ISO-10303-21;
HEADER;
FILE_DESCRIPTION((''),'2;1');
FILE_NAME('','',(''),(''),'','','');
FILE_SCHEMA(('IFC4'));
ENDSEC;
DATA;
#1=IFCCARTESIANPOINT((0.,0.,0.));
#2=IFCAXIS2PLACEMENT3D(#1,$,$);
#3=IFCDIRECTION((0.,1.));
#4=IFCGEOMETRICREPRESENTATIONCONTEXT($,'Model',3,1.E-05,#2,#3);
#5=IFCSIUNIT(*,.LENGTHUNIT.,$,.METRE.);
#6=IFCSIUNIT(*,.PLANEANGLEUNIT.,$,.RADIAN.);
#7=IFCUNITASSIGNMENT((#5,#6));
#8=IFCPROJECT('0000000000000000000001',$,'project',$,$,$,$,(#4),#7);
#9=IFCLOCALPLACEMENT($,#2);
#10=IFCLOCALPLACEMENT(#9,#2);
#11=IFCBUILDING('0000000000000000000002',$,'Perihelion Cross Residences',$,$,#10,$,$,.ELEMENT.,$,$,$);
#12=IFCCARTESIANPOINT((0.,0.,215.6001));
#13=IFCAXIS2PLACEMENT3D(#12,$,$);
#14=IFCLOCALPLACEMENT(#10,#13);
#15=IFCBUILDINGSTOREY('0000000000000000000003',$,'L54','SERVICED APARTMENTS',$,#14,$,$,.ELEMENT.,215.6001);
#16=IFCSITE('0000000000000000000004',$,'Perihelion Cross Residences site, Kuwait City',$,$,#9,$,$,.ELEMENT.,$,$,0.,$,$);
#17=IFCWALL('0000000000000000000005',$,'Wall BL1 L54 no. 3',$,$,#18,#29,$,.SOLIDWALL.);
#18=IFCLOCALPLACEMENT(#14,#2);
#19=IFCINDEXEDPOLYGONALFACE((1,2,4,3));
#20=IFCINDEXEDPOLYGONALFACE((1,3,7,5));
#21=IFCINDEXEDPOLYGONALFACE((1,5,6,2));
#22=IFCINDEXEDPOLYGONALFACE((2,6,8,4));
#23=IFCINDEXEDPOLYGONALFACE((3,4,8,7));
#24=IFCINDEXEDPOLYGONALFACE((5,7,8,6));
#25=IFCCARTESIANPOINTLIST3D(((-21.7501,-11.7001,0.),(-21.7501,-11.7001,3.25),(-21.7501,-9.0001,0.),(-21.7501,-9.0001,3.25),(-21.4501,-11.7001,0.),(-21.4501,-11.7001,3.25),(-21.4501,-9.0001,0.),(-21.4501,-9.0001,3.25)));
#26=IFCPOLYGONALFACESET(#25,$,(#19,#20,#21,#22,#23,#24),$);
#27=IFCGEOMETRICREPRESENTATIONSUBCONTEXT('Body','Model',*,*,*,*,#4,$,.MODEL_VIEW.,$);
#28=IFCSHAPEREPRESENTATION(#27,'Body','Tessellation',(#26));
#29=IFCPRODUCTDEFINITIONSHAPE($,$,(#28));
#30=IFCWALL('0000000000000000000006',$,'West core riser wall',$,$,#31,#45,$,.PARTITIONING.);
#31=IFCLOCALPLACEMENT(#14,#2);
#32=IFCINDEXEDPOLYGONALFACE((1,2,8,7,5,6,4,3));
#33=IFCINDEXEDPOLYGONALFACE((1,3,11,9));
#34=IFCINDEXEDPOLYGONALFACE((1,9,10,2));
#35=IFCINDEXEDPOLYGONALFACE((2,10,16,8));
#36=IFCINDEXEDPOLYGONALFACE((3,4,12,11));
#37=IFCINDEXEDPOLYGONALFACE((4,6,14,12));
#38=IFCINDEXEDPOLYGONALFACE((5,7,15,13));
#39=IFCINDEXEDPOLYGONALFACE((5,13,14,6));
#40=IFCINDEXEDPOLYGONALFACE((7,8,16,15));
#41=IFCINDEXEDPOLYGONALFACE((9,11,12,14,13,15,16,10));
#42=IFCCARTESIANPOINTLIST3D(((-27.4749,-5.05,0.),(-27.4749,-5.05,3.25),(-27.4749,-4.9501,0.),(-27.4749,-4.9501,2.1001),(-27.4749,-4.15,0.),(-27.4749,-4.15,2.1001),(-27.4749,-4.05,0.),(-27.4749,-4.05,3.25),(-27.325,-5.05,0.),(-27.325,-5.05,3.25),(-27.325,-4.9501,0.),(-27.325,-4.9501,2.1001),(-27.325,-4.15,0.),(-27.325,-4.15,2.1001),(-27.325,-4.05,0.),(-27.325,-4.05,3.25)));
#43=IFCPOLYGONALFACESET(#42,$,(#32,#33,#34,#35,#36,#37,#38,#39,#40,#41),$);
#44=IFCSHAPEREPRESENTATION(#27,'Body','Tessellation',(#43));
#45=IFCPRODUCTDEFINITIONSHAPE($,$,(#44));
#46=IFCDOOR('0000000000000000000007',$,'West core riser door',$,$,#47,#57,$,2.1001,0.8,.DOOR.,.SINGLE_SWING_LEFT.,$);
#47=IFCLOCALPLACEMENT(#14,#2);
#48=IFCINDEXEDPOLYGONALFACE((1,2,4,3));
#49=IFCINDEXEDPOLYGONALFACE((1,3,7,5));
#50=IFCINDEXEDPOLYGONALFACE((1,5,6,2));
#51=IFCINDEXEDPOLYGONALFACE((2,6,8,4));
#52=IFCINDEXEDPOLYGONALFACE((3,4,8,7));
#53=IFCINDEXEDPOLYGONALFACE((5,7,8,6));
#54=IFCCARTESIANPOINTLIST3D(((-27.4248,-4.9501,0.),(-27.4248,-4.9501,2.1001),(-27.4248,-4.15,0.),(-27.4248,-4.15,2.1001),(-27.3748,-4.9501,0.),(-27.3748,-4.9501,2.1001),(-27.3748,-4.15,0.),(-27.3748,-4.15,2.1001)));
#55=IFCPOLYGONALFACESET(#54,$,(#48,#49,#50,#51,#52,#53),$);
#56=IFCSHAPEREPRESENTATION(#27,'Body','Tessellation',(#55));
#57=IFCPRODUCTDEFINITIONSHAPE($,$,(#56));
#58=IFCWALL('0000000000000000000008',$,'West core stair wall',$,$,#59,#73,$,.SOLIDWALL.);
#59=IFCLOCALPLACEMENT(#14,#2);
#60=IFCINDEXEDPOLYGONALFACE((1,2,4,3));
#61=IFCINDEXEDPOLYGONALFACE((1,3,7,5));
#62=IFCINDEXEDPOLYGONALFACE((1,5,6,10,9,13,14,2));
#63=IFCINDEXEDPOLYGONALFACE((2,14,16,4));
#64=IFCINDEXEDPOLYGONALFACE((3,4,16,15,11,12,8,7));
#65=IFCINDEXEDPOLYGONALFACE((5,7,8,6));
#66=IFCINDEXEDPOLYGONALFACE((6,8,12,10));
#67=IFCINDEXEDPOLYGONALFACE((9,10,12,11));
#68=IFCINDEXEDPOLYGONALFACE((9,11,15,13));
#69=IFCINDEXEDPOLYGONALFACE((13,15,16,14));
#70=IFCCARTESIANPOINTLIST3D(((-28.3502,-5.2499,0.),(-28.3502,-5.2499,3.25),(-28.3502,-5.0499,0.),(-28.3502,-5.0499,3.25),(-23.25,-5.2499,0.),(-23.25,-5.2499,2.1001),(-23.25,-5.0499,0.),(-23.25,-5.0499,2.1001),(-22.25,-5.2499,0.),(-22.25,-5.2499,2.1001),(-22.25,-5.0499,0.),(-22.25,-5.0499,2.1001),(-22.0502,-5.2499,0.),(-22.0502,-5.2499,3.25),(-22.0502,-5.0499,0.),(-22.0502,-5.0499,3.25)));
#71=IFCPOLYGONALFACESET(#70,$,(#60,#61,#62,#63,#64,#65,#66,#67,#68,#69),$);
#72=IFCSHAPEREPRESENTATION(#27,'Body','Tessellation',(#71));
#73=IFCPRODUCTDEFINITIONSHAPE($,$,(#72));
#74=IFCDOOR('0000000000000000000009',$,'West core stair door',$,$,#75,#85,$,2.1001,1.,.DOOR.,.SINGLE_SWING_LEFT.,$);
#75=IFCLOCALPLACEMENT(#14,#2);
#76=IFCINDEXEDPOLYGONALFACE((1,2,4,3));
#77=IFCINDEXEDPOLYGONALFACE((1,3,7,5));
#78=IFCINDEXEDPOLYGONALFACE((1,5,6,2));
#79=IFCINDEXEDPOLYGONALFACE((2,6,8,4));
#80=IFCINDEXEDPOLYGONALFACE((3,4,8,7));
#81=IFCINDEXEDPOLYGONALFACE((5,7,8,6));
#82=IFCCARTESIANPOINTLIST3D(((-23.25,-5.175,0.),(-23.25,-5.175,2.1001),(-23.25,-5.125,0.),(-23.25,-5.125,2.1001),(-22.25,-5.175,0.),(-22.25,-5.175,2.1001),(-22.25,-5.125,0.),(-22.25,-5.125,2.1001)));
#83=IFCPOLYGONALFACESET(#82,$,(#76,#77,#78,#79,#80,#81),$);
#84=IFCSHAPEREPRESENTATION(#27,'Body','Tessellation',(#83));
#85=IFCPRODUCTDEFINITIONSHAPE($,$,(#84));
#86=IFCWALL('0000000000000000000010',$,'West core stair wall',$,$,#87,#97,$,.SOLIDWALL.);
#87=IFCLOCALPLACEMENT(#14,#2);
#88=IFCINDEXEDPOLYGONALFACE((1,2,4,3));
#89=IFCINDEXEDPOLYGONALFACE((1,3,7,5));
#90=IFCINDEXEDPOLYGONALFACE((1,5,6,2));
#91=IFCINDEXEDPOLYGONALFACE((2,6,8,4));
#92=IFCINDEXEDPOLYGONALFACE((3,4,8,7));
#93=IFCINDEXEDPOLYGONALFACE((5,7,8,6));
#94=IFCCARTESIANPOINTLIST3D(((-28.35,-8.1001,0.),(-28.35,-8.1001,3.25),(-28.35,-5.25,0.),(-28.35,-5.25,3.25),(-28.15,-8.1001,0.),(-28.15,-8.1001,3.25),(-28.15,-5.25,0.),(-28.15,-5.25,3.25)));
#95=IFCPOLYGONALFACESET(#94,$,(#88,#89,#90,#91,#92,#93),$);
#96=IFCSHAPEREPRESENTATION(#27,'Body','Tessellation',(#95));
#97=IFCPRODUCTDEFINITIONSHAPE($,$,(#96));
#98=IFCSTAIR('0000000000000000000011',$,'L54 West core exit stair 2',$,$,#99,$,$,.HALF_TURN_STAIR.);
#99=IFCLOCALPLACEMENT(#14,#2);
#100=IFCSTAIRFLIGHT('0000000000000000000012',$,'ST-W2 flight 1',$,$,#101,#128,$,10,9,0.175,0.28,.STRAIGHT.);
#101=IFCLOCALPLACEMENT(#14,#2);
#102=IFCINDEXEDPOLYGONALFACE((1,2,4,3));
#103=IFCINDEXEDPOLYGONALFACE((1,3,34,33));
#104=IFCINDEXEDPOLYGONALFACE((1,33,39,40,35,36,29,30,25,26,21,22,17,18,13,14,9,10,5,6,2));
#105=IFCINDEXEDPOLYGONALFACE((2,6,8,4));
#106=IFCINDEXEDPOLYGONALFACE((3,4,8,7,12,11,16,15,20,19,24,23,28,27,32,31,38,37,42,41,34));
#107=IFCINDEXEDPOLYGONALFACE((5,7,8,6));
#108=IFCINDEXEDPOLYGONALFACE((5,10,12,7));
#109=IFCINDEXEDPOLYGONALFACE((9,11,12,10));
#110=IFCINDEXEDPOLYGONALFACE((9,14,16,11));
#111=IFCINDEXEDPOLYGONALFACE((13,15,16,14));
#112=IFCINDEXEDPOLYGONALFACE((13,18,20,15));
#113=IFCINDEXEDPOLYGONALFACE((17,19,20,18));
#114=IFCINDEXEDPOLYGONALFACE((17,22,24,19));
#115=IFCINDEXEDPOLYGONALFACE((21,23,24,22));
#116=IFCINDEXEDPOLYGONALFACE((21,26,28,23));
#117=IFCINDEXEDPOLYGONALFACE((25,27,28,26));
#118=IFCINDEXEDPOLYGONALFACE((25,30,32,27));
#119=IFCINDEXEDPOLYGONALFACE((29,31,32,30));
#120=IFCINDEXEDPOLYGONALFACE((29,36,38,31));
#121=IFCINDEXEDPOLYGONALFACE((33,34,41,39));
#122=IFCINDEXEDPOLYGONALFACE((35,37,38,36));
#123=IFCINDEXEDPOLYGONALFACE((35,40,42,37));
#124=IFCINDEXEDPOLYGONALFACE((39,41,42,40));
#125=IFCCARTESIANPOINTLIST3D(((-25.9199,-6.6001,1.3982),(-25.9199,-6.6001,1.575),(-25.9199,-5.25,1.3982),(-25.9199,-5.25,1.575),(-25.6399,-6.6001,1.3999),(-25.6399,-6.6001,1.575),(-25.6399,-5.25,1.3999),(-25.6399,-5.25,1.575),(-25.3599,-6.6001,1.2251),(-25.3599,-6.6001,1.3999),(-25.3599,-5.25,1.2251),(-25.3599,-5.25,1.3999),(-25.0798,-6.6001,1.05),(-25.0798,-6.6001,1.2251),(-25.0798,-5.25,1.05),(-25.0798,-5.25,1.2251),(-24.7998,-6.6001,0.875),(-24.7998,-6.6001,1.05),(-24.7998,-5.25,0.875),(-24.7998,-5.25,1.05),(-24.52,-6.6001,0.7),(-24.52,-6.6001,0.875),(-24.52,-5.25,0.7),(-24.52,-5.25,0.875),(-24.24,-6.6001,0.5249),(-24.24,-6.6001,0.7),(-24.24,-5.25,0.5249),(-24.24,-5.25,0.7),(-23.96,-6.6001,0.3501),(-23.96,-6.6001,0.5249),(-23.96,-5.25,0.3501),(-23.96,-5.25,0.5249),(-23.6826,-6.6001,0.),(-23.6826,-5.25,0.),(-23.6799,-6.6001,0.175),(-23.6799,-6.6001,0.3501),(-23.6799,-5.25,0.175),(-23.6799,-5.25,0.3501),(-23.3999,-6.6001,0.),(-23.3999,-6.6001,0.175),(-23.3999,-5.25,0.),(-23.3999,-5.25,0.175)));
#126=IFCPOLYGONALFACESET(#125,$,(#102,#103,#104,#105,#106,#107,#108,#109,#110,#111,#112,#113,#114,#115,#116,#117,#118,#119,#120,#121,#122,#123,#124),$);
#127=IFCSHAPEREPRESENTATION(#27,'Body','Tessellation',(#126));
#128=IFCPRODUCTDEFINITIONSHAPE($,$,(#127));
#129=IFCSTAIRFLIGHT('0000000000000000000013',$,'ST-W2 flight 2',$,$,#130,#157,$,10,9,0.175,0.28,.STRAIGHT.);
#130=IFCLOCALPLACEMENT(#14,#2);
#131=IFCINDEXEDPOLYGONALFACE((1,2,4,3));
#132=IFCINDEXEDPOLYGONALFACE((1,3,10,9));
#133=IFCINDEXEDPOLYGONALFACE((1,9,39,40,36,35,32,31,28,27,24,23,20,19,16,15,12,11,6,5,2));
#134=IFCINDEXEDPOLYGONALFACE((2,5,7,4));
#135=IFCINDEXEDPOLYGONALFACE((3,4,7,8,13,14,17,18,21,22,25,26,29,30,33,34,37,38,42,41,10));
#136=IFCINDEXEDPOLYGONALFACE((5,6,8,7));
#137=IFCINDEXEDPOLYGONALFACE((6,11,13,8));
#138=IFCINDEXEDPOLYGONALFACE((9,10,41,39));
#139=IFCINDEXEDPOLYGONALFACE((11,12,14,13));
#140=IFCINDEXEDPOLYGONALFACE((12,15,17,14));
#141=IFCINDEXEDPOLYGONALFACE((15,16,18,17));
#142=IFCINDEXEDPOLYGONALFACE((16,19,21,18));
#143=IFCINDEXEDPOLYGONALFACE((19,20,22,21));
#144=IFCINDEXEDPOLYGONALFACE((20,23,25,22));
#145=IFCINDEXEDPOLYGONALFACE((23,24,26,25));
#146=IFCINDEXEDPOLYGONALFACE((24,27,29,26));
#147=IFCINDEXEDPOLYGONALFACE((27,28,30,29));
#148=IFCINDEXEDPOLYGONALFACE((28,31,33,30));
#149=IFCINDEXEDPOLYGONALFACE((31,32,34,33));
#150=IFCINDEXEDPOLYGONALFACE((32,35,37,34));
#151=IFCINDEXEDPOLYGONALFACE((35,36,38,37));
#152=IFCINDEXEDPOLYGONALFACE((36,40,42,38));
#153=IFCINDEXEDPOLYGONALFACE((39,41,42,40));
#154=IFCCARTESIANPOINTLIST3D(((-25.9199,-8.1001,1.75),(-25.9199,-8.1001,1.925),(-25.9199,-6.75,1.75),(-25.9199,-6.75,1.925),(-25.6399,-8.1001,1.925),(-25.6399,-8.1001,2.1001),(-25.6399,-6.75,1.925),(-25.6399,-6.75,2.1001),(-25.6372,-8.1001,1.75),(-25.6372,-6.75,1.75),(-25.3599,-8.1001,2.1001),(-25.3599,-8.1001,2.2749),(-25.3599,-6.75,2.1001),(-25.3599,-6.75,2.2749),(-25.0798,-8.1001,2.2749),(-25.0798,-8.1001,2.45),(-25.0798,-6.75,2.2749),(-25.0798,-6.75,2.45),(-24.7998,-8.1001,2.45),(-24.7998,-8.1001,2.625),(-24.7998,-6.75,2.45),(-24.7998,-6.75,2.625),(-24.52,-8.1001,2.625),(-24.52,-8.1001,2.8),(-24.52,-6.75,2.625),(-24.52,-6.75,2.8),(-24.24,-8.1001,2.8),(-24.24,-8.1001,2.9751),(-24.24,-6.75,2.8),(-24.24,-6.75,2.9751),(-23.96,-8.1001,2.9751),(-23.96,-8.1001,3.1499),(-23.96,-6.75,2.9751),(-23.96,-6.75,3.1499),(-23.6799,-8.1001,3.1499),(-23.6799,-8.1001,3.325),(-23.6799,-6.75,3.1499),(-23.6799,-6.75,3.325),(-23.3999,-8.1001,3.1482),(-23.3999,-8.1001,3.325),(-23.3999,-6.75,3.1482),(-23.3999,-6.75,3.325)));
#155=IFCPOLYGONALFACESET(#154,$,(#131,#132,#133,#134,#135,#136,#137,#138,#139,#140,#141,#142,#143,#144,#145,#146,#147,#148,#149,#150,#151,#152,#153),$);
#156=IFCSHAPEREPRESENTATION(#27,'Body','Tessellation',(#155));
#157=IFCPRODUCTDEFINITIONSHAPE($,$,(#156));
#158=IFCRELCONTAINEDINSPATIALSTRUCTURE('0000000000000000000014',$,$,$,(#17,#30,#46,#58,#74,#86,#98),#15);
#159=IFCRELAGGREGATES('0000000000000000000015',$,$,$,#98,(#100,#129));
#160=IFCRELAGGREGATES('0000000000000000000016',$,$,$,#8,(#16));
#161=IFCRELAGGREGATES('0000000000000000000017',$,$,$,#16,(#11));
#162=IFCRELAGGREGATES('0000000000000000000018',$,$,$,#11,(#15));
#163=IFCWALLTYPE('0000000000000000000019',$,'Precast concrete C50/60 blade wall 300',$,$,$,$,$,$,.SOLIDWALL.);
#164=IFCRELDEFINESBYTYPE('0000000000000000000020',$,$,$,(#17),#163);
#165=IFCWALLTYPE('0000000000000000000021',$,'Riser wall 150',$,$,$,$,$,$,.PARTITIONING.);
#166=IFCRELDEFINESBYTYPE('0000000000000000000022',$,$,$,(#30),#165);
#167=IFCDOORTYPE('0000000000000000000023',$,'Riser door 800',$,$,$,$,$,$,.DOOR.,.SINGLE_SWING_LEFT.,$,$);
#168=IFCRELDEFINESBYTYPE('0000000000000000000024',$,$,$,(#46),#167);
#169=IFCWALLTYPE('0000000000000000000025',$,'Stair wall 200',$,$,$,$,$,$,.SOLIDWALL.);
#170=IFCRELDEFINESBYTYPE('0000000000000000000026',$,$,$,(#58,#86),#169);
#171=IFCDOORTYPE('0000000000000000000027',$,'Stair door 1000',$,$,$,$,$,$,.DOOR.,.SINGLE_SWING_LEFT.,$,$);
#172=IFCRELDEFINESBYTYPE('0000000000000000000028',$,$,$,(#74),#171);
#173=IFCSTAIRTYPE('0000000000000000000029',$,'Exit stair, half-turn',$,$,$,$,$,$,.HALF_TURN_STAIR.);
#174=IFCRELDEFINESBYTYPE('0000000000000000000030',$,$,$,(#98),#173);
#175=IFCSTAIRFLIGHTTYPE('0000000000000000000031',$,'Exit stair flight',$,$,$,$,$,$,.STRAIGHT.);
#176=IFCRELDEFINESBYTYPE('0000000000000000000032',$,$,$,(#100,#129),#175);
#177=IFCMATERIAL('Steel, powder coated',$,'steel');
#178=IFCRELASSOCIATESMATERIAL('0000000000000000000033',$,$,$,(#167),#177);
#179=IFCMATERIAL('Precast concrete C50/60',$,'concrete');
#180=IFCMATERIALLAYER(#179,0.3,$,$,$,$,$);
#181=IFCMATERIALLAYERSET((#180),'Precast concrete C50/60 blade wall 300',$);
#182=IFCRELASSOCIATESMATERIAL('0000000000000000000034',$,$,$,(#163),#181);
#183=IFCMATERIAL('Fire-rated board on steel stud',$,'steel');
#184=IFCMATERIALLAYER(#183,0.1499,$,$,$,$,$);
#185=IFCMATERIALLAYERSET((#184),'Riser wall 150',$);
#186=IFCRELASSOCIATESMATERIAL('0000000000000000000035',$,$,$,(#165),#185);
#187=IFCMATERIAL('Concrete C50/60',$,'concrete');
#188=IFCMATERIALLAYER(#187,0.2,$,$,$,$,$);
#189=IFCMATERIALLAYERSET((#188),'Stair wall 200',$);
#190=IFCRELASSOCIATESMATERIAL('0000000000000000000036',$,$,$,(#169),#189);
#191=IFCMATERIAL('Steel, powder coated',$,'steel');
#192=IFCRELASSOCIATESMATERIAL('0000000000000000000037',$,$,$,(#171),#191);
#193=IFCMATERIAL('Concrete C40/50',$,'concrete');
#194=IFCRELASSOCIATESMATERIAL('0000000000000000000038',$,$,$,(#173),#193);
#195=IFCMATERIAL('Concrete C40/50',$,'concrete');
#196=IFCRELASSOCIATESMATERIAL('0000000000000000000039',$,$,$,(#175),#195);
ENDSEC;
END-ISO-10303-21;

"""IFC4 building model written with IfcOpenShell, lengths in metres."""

from ifc_helpers import new_model, si_unit, direction, frame, frame_2d, origin, place, context, subcontext, project, spatial, polyline, rectangle, outline, extrude, material, layer, layer_set, type_object, element, fill, aggregate, save


model = new_model("IFC4")

# Units and contexts
model_context = context("Model", 3, precision=1e-05, world=origin(), true_north=direction((0.0, 1.0)))
body_context = subcontext(model_context, "Body", "Model", "MODEL_VIEW")
ifc_project = project(units=[si_unit("LENGTHUNIT", "METRE"), si_unit("PLANEANGLEUNIT", "RADIAN")], contexts=[model_context])

# Site, building, storey
site_placement = place(None, origin())
site = spatial("IfcSite", under=ifc_project, at=site_placement, Name="Perihelion Cross Residences site, Kuwait City", CompositionType="ELEMENT", RefElevation=0.0)
building_placement = place(site_placement, origin())
building = spatial("IfcBuilding", under=site, at=building_placement, Name="Perihelion Cross Residences", CompositionType="ELEMENT")
storey_placement = place(building_placement, frame((0.0, 0.0, 215.6001)))
storey = spatial("IfcBuildingStorey", under=building, at=storey_placement, Name="L54", Description="SERVICED APARTMENTS", CompositionType="ELEMENT", Elevation=215.6001)

# Shared definitions
ifc_material_1 = material(Name="Steel, powder coated", Category="steel")
door_type_1 = type_object("IfcDoorType", Name="Riser door 800", OperationType="SINGLE_SWING_LEFT", PredefinedType="DOOR", material=ifc_material_1)

# Wall
ifc_material_2 = material(Name="Precast concrete C50/60", Category="concrete")
ifc_layer_1 = layer(ifc_material_2, 0.3)
ifc_layer_set_1 = layer_set([ifc_layer_1], Name="Precast concrete C50/60 blade wall 300")
wall_type_1 = type_object("IfcWallType", Name="Precast concrete C50/60 blade wall 300", PredefinedType="SOLIDWALL", material=ifc_layer_set_1)
wall_1_placement = place(storey_placement, frame((-21.6001, -9.0, 0.0), z_axis=(0.0, 0.0, 1.0), x_axis=(0.0, -1.0, 0.0)))
element("IfcWall", 1, at=wall_1_placement, inside=storey, type_object=wall_type_1, Name="Wall BL1 L54 no. 3", PredefinedType="SOLIDWALL", context=body_context, shape_type="SweptSolid", body=[
    extrude(rectangle(XDim=2.7, YDim=0.3, at=frame_2d((1.3501, 0.0))), origin(), (0.0, 0.0, 1.0), 3.25),
])

# Walls, openings, doors
ifc_material_3 = material(Name="Fire-rated board on steel stud", Category="steel")
ifc_layer_2 = layer(ifc_material_3, 0.1499)
ifc_layer_set_2 = layer_set([ifc_layer_2], Name="Riser wall 150")
wall_type_2 = type_object("IfcWallType", Name="Riser wall 150", PredefinedType="PARTITIONING", material=ifc_layer_set_2)
wall_2_placement = place(storey_placement, frame((-27.3999, -5.05, 0.0), z_axis=(0.0, 0.0, 1.0), x_axis=(0.0, 1.0, 0.0)))
wall_2 = element("IfcWall", 2, at=wall_2_placement, inside=storey, type_object=wall_type_2, Name="West core riser wall", PredefinedType="PARTITIONING", context=body_context, shape_type="SweptSolid", body=[
    extrude(rectangle(XDim=1.0, YDim=0.1499, at=frame_2d((0.5, 0.0))), origin(), (0.0, 0.0, 1.0), 3.25),
])
opening_1_placement = place(wall_2_placement, frame((0.1001, 0.0, 0.0)))
opening_1 = element("IfcOpeningElement", 3, at=opening_1_placement, cuts=wall_2, PredefinedType="OPENING", context=body_context, shape_type="SweptSolid", body=[
    extrude(rectangle(XDim=0.8, YDim=2.1001, at=frame_2d((0.3999, 1.05))), frame((0.0, 0.085, 0.0), z_axis=(0.0, -1.0, 0.0), x_axis=(1.0, 0.0, 0.0)), (0.0, 0.0, 1.0), 0.1699),
])
door_1_placement = place(opening_1_placement, origin())
door_1 = element("IfcDoor", 4, at=door_1_placement, inside=storey, type_object=door_type_1, Name="West core riser door", OperationType="SINGLE_SWING_LEFT", OverallHeight=2.1001, OverallWidth=0.8, PredefinedType="DOOR", context=body_context, shape_type="SweptSolid", body=[
    extrude(rectangle(XDim=0.8, YDim=2.1001, at=frame_2d((0.3999, 1.05))), frame((0.0, 0.0249, 0.0), z_axis=(0.0, -1.0, 0.0), x_axis=(1.0, 0.0, 0.0)), (0.0, 0.0, 1.0), 0.05),
])
fill(opening_1, door_1)
ifc_material_4 = material(Name="Concrete C50/60", Category="concrete")
ifc_layer_3 = layer(ifc_material_4, 0.2)
ifc_layer_set_3 = layer_set([ifc_layer_3], Name="Stair wall 200")
wall_type_3 = type_object("IfcWallType", Name="Stair wall 200", PredefinedType="SOLIDWALL", material=ifc_layer_set_3)
wall_3_placement = place(storey_placement, frame((-28.3501, -5.1499, 0.0), z_axis=(0.0, 0.0, 1.0), x_axis=(1.0, 0.0, 0.0)))
wall_3 = element("IfcWall", 5, at=wall_3_placement, inside=storey, type_object=wall_type_3, Name="West core stair wall", PredefinedType="SOLIDWALL", context=body_context, shape_type="SweptSolid", body=[
    extrude(rectangle(XDim=6.3, YDim=0.2, at=frame_2d((3.1499, 0.0))), origin(), (0.0, 0.0, 1.0), 3.25),
])
opening_2_placement = place(wall_3_placement, frame((5.1001, 0.0, 0.0)))
opening_2 = element("IfcOpeningElement", 6, at=opening_2_placement, cuts=wall_3, PredefinedType="OPENING", context=body_context, shape_type="SweptSolid", body=[
    extrude(rectangle(XDim=1.0, YDim=2.1001, at=frame_2d((0.5, 1.05))), frame((0.0, 0.1099, 0.0), z_axis=(0.0, -1.0, 0.0), x_axis=(1.0, 0.0, 0.0)), (0.0, 0.0, 1.0), 0.22),
])
ifc_material_5 = material(Name="Steel, powder coated", Category="steel")
door_type_2 = type_object("IfcDoorType", Name="Stair door 1000", OperationType="SINGLE_SWING_LEFT", PredefinedType="DOOR", material=ifc_material_5)
door_2_placement = place(opening_2_placement, origin())
door_2 = element("IfcDoor", 7, at=door_2_placement, inside=storey, type_object=door_type_2, Name="West core stair door", OperationType="SINGLE_SWING_LEFT", OverallHeight=2.1001, OverallWidth=1.0, PredefinedType="DOOR", context=body_context, shape_type="SweptSolid", body=[
    extrude(rectangle(XDim=1.0, YDim=2.1001, at=frame_2d((0.5, 1.05))), frame((0.0, 0.0249, 0.0), z_axis=(0.0, -1.0, 0.0), x_axis=(1.0, 0.0, 0.0)), (0.0, 0.0, 1.0), 0.05),
])
fill(opening_2, door_2)

# Wall
wall_4_placement = place(storey_placement, frame((-28.25, -8.1001, 0.0), z_axis=(0.0, 0.0, 1.0), x_axis=(0.0, 1.0, 0.0)))
element("IfcWall", 8, at=wall_4_placement, inside=storey, type_object=wall_type_3, Name="West core stair wall", PredefinedType="SOLIDWALL", context=body_context, shape_type="SweptSolid", body=[
    extrude(rectangle(XDim=2.8501, YDim=0.2, at=frame_2d((1.425, 0.0))), origin(), (0.0, 0.0, 1.0), 3.25),
])

# Stair, stair flights
ifc_material_6 = material(Name="Concrete C40/50", Category="concrete")
stair_type = type_object("IfcStairType", Name="Exit stair, half-turn", PredefinedType="HALF_TURN_STAIR", material=ifc_material_6)
stair_placement = place(storey_placement, origin())
stair = element("IfcStair", 9, at=stair_placement, inside=storey, type_object=stair_type, Name="L54 West core exit stair 2", PredefinedType="HALF_TURN_STAIR")
ifc_material_7 = material(Name="Concrete C40/50", Category="concrete")
stair_flight_type = type_object("IfcStairFlightType", Name="Exit stair flight", PredefinedType="STRAIGHT", material=ifc_material_7)
stair_flight_1_placement = place(storey_placement, frame((-23.3999, -5.925, 0.0), z_axis=(0.0, 0.0, 1.0), x_axis=(-1.0, 0.0, 0.0)))
stair_flight_1 = element("IfcStairFlight", 10, at=stair_flight_1_placement, type_object=stair_flight_type, Name="ST-W2 flight 1", NumberOfRisers=10, NumberOfTreads=9, PredefinedType="STRAIGHT", RiserHeight=0.175, TreadLength=0.28, context=body_context, shape_type="SweptSolid", body=[
    extrude(outline(polyline([(0.0, 0.0), (0.0, 0.175), (0.28, 0.175), (0.28, 0.3501), (0.5601, 0.3501), (0.5601, 0.5249), (0.8401, 0.5249), (0.8401, 0.7), (1.1201, 0.7), (1.1201, 0.875), (1.3999, 0.875), (1.3999, 1.05), (1.6799, 1.05), (1.6799, 1.2251), (1.96, 1.2251), (1.96, 1.3999), (2.24, 1.3999), (2.24, 1.575), (2.52, 1.575), (2.52, 1.75), (2.52, 1.3982), (0.2827, 0.0), (0.0, 0.0)])), frame((0.0, 0.675, 0.0), z_axis=(0.0, -1.0, 0.0), x_axis=(1.0, 0.0, 0.0)), (0.0, 0.0, 1.0), 1.3501),
])
stair_flight_2_placement = place(storey_placement, frame((-25.9199, -7.425, 1.75), z_axis=(0.0, 0.0, 1.0), x_axis=(1.0, 0.0, 0.0)))
stair_flight_2 = element("IfcStairFlight", 11, at=stair_flight_2_placement, type_object=stair_flight_type, Name="ST-W2 flight 2", NumberOfRisers=10, NumberOfTreads=9, PredefinedType="STRAIGHT", RiserHeight=0.175, TreadLength=0.28, context=body_context, shape_type="SweptSolid", body=[
    extrude(outline(polyline([(0.0, 0.0), (0.0, 0.175), (0.28, 0.175), (0.28, 0.3501), (0.5601, 0.3501), (0.5601, 0.5249), (0.8401, 0.5249), (0.8401, 0.7), (1.1201, 0.7), (1.1201, 0.875), (1.3999, 0.875), (1.3999, 1.05), (1.6799, 1.05), (1.6799, 1.2251), (1.96, 1.2251), (1.96, 1.3999), (2.24, 1.3999), (2.24, 1.575), (2.52, 1.575), (2.52, 1.75), (2.52, 1.3982), (0.2827, 0.0), (0.0, 0.0)])), frame((0.0, 0.675, 0.0), z_axis=(0.0, -1.0, 0.0), x_axis=(1.0, 0.0, 0.0)), (0.0, 0.0, 1.0), 1.3501),
])
aggregate(stair, [stair_flight_1, stair_flight_2])

save(model, "model.ifc")
